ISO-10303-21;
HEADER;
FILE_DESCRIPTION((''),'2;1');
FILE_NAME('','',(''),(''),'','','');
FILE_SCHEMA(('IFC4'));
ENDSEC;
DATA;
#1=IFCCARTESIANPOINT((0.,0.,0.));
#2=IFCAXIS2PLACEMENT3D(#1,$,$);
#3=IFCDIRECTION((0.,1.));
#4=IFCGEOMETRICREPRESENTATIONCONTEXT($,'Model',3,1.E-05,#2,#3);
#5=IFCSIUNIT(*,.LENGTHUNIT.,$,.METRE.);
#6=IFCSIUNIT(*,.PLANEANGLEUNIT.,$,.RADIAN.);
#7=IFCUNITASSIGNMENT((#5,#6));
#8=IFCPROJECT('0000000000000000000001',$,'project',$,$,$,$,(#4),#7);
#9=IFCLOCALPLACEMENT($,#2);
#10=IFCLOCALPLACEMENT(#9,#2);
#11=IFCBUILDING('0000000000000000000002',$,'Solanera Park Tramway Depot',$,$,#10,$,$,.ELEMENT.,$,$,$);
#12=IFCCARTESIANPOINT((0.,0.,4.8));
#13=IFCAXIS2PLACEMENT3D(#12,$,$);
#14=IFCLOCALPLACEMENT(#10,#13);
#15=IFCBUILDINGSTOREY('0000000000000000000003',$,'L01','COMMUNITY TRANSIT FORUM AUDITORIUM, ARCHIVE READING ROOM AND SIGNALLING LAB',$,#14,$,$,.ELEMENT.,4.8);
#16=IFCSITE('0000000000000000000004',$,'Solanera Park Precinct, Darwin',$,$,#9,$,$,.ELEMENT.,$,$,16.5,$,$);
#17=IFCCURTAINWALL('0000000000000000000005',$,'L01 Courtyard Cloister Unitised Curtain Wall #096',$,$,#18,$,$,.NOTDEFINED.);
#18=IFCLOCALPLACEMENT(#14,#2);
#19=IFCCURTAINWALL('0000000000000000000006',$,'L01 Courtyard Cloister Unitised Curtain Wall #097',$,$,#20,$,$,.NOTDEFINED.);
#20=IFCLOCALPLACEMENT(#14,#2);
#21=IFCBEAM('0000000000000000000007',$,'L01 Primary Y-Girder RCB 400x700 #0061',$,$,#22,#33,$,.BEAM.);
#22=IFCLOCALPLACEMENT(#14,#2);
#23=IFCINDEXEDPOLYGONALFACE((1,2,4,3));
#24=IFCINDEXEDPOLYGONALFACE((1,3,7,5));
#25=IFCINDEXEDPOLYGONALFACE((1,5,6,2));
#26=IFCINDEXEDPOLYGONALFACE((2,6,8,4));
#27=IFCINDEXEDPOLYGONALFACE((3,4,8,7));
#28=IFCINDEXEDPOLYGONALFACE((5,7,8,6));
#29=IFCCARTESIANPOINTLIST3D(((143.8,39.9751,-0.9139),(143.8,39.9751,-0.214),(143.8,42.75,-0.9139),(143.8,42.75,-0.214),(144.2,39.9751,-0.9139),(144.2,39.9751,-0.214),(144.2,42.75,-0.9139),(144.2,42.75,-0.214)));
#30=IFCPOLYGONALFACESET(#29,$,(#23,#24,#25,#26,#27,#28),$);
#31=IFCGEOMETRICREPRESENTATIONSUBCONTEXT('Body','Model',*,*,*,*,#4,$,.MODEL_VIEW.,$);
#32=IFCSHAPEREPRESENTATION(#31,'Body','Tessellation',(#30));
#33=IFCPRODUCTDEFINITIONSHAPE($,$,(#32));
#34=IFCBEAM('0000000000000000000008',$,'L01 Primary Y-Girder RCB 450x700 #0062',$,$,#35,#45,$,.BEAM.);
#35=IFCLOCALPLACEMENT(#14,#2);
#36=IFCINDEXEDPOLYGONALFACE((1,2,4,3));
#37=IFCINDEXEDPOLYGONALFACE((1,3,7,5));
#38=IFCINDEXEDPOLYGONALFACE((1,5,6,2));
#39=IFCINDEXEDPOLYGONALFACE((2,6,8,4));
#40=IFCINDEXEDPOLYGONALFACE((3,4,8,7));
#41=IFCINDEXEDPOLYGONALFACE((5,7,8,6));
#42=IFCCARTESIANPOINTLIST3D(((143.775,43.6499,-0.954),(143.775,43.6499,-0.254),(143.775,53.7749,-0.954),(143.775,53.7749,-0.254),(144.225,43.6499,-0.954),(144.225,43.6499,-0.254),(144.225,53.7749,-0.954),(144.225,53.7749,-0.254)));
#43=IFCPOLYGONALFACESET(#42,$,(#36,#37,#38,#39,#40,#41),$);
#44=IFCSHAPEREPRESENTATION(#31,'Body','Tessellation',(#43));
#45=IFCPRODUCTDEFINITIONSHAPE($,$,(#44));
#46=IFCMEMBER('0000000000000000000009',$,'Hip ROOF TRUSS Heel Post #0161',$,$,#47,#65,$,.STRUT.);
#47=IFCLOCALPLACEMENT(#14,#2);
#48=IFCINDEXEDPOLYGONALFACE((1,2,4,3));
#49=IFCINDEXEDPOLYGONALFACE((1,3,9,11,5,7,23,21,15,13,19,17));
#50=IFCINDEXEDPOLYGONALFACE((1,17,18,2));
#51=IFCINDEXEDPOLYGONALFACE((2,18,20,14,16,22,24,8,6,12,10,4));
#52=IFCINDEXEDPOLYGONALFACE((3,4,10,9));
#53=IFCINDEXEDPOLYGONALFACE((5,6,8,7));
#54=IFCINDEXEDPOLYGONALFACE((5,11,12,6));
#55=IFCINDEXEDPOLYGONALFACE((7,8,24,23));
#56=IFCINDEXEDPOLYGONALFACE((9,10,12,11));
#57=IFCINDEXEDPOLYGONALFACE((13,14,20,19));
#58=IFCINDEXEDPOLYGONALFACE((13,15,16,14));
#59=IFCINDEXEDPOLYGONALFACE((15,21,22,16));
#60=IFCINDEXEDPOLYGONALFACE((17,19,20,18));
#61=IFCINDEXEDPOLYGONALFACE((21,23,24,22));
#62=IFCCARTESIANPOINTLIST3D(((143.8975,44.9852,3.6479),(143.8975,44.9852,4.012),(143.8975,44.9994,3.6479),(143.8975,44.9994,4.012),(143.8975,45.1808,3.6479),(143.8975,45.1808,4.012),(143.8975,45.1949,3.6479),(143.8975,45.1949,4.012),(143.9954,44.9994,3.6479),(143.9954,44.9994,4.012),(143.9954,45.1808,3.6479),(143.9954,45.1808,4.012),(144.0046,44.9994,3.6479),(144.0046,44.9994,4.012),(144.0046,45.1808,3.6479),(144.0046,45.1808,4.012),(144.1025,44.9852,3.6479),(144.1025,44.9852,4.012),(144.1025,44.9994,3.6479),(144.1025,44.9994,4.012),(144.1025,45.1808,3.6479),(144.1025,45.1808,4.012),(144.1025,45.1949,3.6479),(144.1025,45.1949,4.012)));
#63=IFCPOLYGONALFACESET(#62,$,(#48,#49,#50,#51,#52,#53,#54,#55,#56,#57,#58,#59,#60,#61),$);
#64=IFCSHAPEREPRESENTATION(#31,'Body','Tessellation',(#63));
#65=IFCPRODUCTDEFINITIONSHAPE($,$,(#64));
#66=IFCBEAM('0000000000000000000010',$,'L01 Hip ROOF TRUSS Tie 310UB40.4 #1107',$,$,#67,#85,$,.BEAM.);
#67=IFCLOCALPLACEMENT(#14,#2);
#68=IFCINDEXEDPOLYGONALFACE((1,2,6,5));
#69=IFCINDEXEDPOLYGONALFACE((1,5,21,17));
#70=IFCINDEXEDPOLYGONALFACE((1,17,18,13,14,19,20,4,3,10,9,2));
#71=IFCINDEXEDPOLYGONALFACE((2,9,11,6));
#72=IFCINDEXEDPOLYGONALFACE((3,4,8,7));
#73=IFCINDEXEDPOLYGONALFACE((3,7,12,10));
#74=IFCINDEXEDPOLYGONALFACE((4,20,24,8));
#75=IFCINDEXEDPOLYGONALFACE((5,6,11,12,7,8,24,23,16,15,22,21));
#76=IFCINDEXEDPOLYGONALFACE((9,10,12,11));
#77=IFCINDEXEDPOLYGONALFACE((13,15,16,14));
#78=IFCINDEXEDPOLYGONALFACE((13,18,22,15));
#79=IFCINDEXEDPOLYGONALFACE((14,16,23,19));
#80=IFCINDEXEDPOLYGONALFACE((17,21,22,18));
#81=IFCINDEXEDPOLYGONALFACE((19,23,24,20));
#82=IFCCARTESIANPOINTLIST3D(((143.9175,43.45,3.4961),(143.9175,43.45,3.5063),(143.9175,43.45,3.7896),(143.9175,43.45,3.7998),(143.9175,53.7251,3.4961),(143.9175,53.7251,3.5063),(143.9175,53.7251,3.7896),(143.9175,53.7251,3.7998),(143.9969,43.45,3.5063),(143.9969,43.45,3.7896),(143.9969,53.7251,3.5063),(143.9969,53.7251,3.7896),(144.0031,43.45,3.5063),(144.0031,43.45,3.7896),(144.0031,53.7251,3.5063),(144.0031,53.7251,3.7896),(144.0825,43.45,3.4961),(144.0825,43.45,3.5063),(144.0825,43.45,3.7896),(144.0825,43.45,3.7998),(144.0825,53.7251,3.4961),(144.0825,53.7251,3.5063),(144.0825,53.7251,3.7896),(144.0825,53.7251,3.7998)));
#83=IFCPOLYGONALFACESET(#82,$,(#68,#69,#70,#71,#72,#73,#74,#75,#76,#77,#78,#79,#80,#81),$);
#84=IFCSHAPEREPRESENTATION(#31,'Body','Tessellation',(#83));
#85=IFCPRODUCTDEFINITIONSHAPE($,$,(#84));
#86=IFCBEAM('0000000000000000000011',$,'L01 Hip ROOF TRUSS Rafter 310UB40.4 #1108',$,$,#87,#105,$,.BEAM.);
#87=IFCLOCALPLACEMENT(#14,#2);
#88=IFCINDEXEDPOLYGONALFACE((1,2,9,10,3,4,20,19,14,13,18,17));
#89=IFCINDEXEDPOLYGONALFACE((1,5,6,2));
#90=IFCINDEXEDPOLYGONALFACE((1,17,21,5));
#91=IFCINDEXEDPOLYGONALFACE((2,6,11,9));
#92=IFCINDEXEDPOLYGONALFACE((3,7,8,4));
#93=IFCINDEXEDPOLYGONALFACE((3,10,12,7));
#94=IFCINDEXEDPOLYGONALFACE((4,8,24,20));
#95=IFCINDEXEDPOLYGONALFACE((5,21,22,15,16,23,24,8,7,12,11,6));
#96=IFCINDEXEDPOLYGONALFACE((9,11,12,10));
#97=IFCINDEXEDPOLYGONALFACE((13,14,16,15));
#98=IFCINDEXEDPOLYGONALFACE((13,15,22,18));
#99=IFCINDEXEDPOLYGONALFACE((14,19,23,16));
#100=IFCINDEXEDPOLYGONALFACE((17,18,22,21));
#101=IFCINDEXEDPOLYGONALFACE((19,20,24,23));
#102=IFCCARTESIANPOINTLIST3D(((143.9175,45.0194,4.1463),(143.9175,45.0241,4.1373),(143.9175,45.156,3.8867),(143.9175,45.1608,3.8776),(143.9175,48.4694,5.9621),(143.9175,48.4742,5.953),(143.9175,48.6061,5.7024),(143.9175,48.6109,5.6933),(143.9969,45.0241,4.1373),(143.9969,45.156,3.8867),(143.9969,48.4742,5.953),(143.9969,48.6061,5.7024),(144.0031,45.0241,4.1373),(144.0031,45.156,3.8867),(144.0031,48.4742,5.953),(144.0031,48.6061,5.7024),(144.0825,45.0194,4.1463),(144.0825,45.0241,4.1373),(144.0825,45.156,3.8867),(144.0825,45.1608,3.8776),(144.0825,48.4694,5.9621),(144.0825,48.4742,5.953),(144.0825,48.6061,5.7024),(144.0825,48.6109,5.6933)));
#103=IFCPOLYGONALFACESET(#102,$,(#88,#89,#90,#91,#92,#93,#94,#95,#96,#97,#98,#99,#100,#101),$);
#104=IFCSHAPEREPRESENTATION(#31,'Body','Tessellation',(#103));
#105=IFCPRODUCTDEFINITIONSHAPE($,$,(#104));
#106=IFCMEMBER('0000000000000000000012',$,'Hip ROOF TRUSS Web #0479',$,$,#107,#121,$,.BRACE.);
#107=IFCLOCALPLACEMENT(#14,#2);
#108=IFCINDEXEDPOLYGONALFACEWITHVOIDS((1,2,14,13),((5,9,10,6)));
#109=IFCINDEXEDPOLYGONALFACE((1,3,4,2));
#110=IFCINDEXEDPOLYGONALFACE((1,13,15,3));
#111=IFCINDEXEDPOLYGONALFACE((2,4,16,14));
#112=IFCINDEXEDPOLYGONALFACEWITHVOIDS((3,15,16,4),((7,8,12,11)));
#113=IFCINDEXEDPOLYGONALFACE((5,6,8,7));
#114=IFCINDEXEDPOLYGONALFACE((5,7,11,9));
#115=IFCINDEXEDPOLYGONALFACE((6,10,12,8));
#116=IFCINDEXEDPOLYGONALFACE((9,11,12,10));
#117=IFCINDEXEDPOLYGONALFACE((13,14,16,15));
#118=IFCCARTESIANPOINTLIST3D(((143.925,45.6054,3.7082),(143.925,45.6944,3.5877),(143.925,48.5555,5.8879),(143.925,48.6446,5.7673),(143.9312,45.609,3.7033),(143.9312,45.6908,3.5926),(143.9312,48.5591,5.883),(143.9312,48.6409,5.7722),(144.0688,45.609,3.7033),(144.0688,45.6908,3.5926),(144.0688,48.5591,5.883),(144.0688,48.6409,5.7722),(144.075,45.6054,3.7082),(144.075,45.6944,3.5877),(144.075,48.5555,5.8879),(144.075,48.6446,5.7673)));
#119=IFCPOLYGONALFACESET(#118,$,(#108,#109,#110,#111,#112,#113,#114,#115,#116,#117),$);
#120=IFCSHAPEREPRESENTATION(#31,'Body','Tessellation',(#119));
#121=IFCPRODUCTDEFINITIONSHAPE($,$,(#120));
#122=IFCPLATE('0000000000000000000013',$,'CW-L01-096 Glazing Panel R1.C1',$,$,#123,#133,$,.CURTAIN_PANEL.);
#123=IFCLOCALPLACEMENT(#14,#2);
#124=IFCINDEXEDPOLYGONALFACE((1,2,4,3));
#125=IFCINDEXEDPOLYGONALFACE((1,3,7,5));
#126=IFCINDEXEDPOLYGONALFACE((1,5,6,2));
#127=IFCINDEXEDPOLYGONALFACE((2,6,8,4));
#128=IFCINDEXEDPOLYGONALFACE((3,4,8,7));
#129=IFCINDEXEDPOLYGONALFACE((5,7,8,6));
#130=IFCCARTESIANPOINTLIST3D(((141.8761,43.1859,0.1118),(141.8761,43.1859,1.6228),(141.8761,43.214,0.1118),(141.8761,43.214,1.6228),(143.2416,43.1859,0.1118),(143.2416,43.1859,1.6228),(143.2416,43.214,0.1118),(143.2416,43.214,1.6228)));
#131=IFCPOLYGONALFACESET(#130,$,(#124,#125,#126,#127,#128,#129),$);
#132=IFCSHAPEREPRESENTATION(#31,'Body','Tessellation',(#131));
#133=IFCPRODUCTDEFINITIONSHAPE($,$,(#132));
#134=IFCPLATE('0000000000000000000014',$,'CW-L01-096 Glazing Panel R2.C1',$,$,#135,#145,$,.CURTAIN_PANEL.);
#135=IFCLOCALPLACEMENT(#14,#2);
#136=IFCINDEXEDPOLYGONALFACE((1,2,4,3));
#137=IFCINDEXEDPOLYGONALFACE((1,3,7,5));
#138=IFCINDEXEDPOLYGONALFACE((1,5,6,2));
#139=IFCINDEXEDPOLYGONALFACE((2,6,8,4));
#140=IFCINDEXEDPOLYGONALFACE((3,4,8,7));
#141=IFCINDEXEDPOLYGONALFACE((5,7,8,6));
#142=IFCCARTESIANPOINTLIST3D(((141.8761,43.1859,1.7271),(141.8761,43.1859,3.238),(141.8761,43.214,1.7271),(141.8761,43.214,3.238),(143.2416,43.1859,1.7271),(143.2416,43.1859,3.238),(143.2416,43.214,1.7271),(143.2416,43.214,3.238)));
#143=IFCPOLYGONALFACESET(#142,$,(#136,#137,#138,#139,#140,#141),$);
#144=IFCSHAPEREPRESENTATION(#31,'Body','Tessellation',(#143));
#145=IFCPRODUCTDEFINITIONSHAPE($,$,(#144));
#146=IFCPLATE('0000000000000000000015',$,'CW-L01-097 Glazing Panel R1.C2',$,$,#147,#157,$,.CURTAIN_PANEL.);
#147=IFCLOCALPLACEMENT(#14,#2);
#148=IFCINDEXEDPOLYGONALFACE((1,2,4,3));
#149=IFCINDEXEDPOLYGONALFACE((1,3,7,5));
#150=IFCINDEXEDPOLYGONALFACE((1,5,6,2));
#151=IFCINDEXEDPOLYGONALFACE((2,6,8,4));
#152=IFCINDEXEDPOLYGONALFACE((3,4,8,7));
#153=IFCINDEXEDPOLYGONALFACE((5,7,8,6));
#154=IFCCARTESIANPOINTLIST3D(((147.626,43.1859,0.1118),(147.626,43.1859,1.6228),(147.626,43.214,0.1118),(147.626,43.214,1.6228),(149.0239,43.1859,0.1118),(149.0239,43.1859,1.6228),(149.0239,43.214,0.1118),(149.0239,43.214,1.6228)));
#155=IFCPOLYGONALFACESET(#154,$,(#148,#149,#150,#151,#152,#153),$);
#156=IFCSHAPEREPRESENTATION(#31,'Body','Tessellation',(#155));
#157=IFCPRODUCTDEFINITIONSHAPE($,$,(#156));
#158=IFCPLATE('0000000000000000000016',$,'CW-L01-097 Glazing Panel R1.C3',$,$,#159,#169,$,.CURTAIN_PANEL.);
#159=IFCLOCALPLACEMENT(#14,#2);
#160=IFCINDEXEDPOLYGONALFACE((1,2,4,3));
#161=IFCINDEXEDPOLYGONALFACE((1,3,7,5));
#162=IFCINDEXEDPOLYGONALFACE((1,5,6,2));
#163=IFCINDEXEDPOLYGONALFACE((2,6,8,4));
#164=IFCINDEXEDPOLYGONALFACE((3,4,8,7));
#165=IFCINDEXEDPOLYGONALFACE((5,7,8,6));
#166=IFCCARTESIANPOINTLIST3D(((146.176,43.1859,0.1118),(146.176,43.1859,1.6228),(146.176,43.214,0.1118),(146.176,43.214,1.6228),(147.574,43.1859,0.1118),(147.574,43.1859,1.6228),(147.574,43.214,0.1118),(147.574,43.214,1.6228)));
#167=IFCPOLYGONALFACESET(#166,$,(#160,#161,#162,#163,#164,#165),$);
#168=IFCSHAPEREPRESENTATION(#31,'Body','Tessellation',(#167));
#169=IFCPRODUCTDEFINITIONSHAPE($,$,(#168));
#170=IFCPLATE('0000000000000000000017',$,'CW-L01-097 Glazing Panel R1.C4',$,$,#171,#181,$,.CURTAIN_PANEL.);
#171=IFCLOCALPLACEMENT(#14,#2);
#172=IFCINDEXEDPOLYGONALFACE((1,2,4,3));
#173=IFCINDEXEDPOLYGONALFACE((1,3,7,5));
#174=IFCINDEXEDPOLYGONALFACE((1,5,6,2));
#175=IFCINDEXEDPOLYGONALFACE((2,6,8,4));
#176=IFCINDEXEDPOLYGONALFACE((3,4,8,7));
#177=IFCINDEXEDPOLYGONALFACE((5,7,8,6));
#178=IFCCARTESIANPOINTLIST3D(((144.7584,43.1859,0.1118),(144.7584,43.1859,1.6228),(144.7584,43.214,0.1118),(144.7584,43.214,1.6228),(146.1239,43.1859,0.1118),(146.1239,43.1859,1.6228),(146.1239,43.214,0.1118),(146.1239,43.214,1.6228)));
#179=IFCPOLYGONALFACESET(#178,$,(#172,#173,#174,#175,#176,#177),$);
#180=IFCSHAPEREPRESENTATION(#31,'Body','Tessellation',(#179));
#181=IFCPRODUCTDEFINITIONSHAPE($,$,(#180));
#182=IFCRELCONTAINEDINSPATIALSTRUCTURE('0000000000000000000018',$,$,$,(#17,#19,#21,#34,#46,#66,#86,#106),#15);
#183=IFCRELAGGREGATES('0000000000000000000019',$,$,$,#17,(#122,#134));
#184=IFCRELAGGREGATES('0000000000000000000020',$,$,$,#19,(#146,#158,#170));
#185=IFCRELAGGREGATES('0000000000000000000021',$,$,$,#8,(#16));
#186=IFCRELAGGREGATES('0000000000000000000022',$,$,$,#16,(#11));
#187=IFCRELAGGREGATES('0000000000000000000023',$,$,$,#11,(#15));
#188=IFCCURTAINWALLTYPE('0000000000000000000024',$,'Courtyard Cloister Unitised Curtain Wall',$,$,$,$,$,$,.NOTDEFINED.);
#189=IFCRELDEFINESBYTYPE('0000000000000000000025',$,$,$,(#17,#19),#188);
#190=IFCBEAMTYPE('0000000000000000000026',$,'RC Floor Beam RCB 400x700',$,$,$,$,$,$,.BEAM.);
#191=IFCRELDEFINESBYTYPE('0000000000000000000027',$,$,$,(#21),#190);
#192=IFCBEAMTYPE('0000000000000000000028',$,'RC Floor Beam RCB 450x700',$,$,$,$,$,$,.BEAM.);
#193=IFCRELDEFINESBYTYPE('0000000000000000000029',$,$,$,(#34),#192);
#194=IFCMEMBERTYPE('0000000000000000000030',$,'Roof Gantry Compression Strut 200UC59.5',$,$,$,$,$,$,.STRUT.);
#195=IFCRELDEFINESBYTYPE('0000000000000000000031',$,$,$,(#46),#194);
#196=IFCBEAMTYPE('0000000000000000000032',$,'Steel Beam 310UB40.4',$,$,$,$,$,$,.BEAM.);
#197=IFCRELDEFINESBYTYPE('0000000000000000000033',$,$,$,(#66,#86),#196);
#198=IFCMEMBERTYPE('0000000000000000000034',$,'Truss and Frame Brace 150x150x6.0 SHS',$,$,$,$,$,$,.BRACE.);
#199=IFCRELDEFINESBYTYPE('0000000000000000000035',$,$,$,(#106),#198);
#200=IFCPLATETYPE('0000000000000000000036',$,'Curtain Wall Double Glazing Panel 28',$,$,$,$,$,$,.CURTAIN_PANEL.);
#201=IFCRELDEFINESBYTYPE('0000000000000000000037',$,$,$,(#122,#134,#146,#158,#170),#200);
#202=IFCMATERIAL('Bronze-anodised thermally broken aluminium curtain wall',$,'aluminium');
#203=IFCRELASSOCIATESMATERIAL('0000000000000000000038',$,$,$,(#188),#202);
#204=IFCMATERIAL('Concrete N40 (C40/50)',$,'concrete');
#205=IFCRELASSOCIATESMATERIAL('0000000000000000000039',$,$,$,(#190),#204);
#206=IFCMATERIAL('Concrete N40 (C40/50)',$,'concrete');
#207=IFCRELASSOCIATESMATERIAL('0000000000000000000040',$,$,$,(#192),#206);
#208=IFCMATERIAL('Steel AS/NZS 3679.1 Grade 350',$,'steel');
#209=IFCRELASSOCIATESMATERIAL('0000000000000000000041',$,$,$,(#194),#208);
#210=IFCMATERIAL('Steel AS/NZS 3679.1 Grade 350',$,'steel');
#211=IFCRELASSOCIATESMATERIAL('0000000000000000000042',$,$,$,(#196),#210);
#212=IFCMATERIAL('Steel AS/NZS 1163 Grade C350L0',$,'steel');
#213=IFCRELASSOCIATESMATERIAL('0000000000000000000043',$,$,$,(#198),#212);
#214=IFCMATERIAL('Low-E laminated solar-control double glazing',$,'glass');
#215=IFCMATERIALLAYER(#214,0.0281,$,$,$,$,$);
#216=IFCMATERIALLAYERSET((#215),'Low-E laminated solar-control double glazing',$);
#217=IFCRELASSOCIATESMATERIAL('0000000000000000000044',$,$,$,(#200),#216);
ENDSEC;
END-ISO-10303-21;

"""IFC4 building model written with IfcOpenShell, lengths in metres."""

from ifc_helpers import new_model, si_unit, direction, frame, origin, origin_2d, place, context, subcontext, project, spatial, rectangle, hollow_rectangle, i_section, extrude, material, layer, layer_set, material_profile, profile_set, type_object, element, aggregate, save


model = new_model("IFC4")

# Units and contexts
model_context = context("Model", 3, precision=1e-05, world=origin(), true_north=direction((0.0, 1.0)))
body_context = subcontext(model_context, "Body", "Model", "MODEL_VIEW")
ifc_project = project(units=[si_unit("LENGTHUNIT", "METRE"), si_unit("PLANEANGLEUNIT", "RADIAN")], contexts=[model_context])

# Site, building, storey
site_placement = place(None, origin())
site = spatial("IfcSite", under=ifc_project, at=site_placement, Name="Solanera Park Precinct, Darwin", CompositionType="ELEMENT", RefElevation=16.5)
building_placement = place(site_placement, origin())
building = spatial("IfcBuilding", under=site, at=building_placement, Name="Solanera Park Tramway Depot", CompositionType="ELEMENT")
storey_placement = place(building_placement, frame((0.0, 0.0, 4.8)))
storey = spatial("IfcBuildingStorey", under=building, at=storey_placement, Name="L01", Description="COMMUNITY TRANSIT FORUM AUDITORIUM, ARCHIVE READING ROOM AND SIGNALLING LAB", CompositionType="ELEMENT", Elevation=4.8)

# Curtain wall
ifc_material_1 = material(Name="Bronze-anodised thermally broken aluminium curtain wall", Category="aluminium")
curtain_wall_type = type_object("IfcCurtainWallType", Name="Courtyard Cloister Unitised Curtain Wall", PredefinedType="NOTDEFINED", material=ifc_material_1)
curtain_wall_1_placement = place(storey_placement, origin())
curtain_wall_1 = element("IfcCurtainWall", 1, at=curtain_wall_1_placement, inside=storey, type_object=curtain_wall_type, Name="L01 Courtyard Cloister Unitised Curtain Wall #096", PredefinedType="NOTDEFINED")

# Curtain wall
curtain_wall_2_placement = place(storey_placement, origin())
curtain_wall_2 = element("IfcCurtainWall", 2, at=curtain_wall_2_placement, inside=storey, type_object=curtain_wall_type, Name="L01 Courtyard Cloister Unitised Curtain Wall #097", PredefinedType="NOTDEFINED")

# Beams
ifc_material_2 = material(Name="Concrete N40 (C40/50)", Category="concrete")
ifc_material_profile_1 = material_profile(ifc_material_2, rectangle(XDim=0.3999, YDim=0.7, at=origin_2d()), Name="RCB 400x700")
ifc_profile_set_1 = profile_set([ifc_material_profile_1], Name="Concrete N40 (C40/50)")
beam_type_1 = type_object("IfcBeamType", Name="RC Floor Beam RCB 400x700", PredefinedType="BEAM", material=ifc_profile_set_1)
beam_1_placement = place(storey_placement, frame((144.0, 39.9751, -0.564), z_axis=(0.0, 1.0, 0.0), x_axis=(-1.0, 0.0, 0.0)))
element("IfcBeam", 3, at=beam_1_placement, inside=storey, type_object=beam_type_1, Name="L01 Primary Y-Girder RCB 400x700 #0061", PredefinedType="BEAM", context=body_context, shape_type="SweptSolid", body=[
    extrude(rectangle(XDim=0.3999, YDim=0.7, at=origin_2d()), origin(), (0.0, 0.0, 1.0), 2.7749),
])
ifc_material_3 = material(Name="Concrete N40 (C40/50)", Category="concrete")
ifc_material_profile_2 = material_profile(ifc_material_3, rectangle(XDim=0.45, YDim=0.7, at=origin_2d()), Name="RCB 450x700")
ifc_profile_set_2 = profile_set([ifc_material_profile_2], Name="Concrete N40 (C40/50)")
beam_type_2 = type_object("IfcBeamType", Name="RC Floor Beam RCB 450x700", PredefinedType="BEAM", material=ifc_profile_set_2)
beam_2_placement = place(storey_placement, frame((144.0, 43.6499, -0.604), z_axis=(0.0, 1.0, 0.0), x_axis=(-1.0, 0.0, 0.0)))
element("IfcBeam", 4, at=beam_2_placement, inside=storey, type_object=beam_type_2, Name="L01 Primary Y-Girder RCB 450x700 #0062", PredefinedType="BEAM", context=body_context, shape_type="SweptSolid", body=[
    extrude(rectangle(XDim=0.45, YDim=0.7, at=origin_2d()), origin(), (0.0, 0.0, 1.0), 10.125),
])

# Member
ifc_material_4 = material(Name="Steel AS/NZS 3679.1 Grade 350", Category="steel")
ifc_material_profile_3 = material_profile(ifc_material_4, i_section(OverallWidth=0.2051, OverallDepth=0.2097, WebThickness=0.0093, FlangeThickness=0.0142, at=origin_2d()), Name="200UC59.5")
ifc_profile_set_3 = profile_set([ifc_material_profile_3], Name="Steel AS/NZS 3679.1 Grade 350")
member_type_1 = type_object("IfcMemberType", Name="Roof Gantry Compression Strut 200UC59.5", PredefinedType="STRUT", material=ifc_profile_set_3)
member_1_placement = place(storey_placement, frame((144.0, 45.0901, 3.6479), z_axis=(0.0, 0.0, 1.0), x_axis=(1.0, 0.0, 0.0)))
element("IfcMember", 5, at=member_1_placement, inside=storey, type_object=member_type_1, Name="Hip ROOF TRUSS Heel Post #0161", PredefinedType="STRUT", context=body_context, shape_type="SweptSolid", body=[
    extrude(i_section(OverallWidth=0.2051, OverallDepth=0.2097, WebThickness=0.0093, FlangeThickness=0.0142, at=origin_2d()), origin(), (0.0, 0.0, 1.0), 0.364),
])

# Beams
ifc_material_5 = material(Name="Steel AS/NZS 3679.1 Grade 350", Category="steel")
ifc_material_profile_4 = material_profile(ifc_material_5, i_section(OverallWidth=0.165, OverallDepth=0.3037, WebThickness=0.0061, FlangeThickness=0.0103, at=origin_2d()), Name="310UB40.4")
ifc_profile_set_4 = profile_set([ifc_material_profile_4], Name="Steel AS/NZS 3679.1 Grade 350")
beam_type_3 = type_object("IfcBeamType", Name="Steel Beam 310UB40.4", PredefinedType="BEAM", material=ifc_profile_set_4)
beam_3_placement = place(storey_placement, frame((144.0, 43.45, 3.6479), z_axis=(0.0, 1.0, 0.0), x_axis=(-1.0, 0.0, 0.0)))
element("IfcBeam", 6, at=beam_3_placement, inside=storey, type_object=beam_type_3, Name="L01 Hip ROOF TRUSS Tie 310UB40.4 #1107", PredefinedType="BEAM", context=body_context, shape_type="SweptSolid", body=[
    extrude(i_section(OverallWidth=0.165, OverallDepth=0.3037, WebThickness=0.0061, FlangeThickness=0.0103, at=origin_2d()), origin(), (0.0, 0.0, 1.0), 10.2751),
])
beam_4_placement = place(storey_placement, frame((144.0, 45.0901, 4.012), z_axis=(0.0, 0.884928, 0.465728), x_axis=(-1.0, 0.0, 0.0)))
element("IfcBeam", 7, at=beam_4_placement, inside=storey, type_object=beam_type_3, Name="L01 Hip ROOF TRUSS Rafter 310UB40.4 #1108", PredefinedType="BEAM", context=body_context, shape_type="SweptSolid", body=[
    extrude(i_section(OverallWidth=0.165, OverallDepth=0.3037, WebThickness=0.0061, FlangeThickness=0.0103, at=origin_2d()), origin(), (0.0, 0.0, 1.0), 3.8987),
])

# Member
ifc_material_6 = material(Name="Steel AS/NZS 1163 Grade C350L0", Category="steel")
ifc_material_profile_5 = material_profile(ifc_material_6, hollow_rectangle(XDim=0.1499, YDim=0.1499, WallThickness=0.0061, at=origin_2d()), Name="150x150x6.0 SHS")
ifc_profile_set_5 = profile_set([ifc_material_profile_5], Name="Steel AS/NZS 1163 Grade C350L0")
member_type_2 = type_object("IfcMemberType", Name="Truss and Frame Brace 150x150x6.0 SHS", PredefinedType="BRACE", material=ifc_profile_set_5)
member_2_placement = place(storey_placement, frame((144.0, 45.6499, 3.6479), z_axis=(0.0, 0.804292, 0.594234), x_axis=(-1.0, 0.0, 0.0)))
element("IfcMember", 8, at=member_2_placement, inside=storey, type_object=member_type_2, Name="Hip ROOF TRUSS Web #0479", PredefinedType="BRACE", context=body_context, shape_type="SweptSolid", body=[
    extrude(hollow_rectangle(XDim=0.1499, YDim=0.1499, WallThickness=0.0061, at=origin_2d()), origin(), (0.0, 0.0, 1.0), 3.668),
])

# Plates
ifc_material_7 = material(Name="Low-E laminated solar-control double glazing", Category="glass")
ifc_layer_1 = layer(ifc_material_7, 0.0281)
ifc_layer_set_1 = layer_set([ifc_layer_1], Name="Low-E laminated solar-control double glazing")
plate_type_1 = type_object("IfcPlateType", Name="Curtain Wall Double Glazing Panel 28", PredefinedType="CURTAIN_PANEL", material=ifc_layer_set_1)
plate_1_placement = place(storey_placement, frame((142.5588, 43.2, 0.1118), z_axis=(0.0, 0.0, 1.0), x_axis=(-1.0, 0.0, 0.0)))
plate_1 = element("IfcPlate", 9, at=plate_1_placement, type_object=plate_type_1, Name="CW-L01-096 Glazing Panel R1.C1", PredefinedType="CURTAIN_PANEL", context=body_context, shape_type="SweptSolid", body=[
    extrude(rectangle(XDim=1.3655, YDim=0.0281, at=origin_2d()), origin(), (0.0, 0.0, 1.0), 1.511),
])
plate_2_placement = place(storey_placement, frame((142.5588, 43.2, 1.7271), z_axis=(0.0, 0.0, 1.0), x_axis=(-1.0, 0.0, 0.0)))
plate_2 = element("IfcPlate", 10, at=plate_2_placement, type_object=plate_type_1, Name="CW-L01-096 Glazing Panel R2.C1", PredefinedType="CURTAIN_PANEL", context=body_context, shape_type="SweptSolid", body=[
    extrude(rectangle(XDim=1.3655, YDim=0.0281, at=origin_2d()), origin(), (0.0, 0.0, 1.0), 1.511),
])
aggregate(curtain_wall_1, [plate_1, plate_2])
plate_3_placement = place(storey_placement, frame((148.325, 43.2, 0.1118), z_axis=(0.0, 0.0, 1.0), x_axis=(-1.0, 0.0, 0.0)))
plate_3 = element("IfcPlate", 11, at=plate_3_placement, type_object=plate_type_1, Name="CW-L01-097 Glazing Panel R1.C2", PredefinedType="CURTAIN_PANEL", context=body_context, shape_type="SweptSolid", body=[
    extrude(rectangle(XDim=1.3979, YDim=0.0281, at=origin_2d()), origin(), (0.0, 0.0, 1.0), 1.511),
])
plate_4_placement = place(storey_placement, frame((146.875, 43.2, 0.1118), z_axis=(0.0, 0.0, 1.0), x_axis=(-1.0, 0.0, 0.0)))
plate_4 = element("IfcPlate", 12, at=plate_4_placement, type_object=plate_type_1, Name="CW-L01-097 Glazing Panel R1.C3", PredefinedType="CURTAIN_PANEL", context=body_context, shape_type="SweptSolid", body=[
    extrude(rectangle(XDim=1.3979, YDim=0.0281, at=origin_2d()), origin(), (0.0, 0.0, 1.0), 1.511),
])
plate_5_placement = place(storey_placement, frame((145.4412, 43.2, 0.1118), z_axis=(0.0, 0.0, 1.0), x_axis=(-1.0, 0.0, 0.0)))
plate_5 = element("IfcPlate", 13, at=plate_5_placement, type_object=plate_type_1, Name="CW-L01-097 Glazing Panel R1.C4", PredefinedType="CURTAIN_PANEL", context=body_context, shape_type="SweptSolid", body=[
    extrude(rectangle(XDim=1.3655, YDim=0.0281, at=origin_2d()), origin(), (0.0, 0.0, 1.0), 1.511),
])
aggregate(curtain_wall_2, [plate_3, plate_4, plate_5])

save(model, "model.ifc")
